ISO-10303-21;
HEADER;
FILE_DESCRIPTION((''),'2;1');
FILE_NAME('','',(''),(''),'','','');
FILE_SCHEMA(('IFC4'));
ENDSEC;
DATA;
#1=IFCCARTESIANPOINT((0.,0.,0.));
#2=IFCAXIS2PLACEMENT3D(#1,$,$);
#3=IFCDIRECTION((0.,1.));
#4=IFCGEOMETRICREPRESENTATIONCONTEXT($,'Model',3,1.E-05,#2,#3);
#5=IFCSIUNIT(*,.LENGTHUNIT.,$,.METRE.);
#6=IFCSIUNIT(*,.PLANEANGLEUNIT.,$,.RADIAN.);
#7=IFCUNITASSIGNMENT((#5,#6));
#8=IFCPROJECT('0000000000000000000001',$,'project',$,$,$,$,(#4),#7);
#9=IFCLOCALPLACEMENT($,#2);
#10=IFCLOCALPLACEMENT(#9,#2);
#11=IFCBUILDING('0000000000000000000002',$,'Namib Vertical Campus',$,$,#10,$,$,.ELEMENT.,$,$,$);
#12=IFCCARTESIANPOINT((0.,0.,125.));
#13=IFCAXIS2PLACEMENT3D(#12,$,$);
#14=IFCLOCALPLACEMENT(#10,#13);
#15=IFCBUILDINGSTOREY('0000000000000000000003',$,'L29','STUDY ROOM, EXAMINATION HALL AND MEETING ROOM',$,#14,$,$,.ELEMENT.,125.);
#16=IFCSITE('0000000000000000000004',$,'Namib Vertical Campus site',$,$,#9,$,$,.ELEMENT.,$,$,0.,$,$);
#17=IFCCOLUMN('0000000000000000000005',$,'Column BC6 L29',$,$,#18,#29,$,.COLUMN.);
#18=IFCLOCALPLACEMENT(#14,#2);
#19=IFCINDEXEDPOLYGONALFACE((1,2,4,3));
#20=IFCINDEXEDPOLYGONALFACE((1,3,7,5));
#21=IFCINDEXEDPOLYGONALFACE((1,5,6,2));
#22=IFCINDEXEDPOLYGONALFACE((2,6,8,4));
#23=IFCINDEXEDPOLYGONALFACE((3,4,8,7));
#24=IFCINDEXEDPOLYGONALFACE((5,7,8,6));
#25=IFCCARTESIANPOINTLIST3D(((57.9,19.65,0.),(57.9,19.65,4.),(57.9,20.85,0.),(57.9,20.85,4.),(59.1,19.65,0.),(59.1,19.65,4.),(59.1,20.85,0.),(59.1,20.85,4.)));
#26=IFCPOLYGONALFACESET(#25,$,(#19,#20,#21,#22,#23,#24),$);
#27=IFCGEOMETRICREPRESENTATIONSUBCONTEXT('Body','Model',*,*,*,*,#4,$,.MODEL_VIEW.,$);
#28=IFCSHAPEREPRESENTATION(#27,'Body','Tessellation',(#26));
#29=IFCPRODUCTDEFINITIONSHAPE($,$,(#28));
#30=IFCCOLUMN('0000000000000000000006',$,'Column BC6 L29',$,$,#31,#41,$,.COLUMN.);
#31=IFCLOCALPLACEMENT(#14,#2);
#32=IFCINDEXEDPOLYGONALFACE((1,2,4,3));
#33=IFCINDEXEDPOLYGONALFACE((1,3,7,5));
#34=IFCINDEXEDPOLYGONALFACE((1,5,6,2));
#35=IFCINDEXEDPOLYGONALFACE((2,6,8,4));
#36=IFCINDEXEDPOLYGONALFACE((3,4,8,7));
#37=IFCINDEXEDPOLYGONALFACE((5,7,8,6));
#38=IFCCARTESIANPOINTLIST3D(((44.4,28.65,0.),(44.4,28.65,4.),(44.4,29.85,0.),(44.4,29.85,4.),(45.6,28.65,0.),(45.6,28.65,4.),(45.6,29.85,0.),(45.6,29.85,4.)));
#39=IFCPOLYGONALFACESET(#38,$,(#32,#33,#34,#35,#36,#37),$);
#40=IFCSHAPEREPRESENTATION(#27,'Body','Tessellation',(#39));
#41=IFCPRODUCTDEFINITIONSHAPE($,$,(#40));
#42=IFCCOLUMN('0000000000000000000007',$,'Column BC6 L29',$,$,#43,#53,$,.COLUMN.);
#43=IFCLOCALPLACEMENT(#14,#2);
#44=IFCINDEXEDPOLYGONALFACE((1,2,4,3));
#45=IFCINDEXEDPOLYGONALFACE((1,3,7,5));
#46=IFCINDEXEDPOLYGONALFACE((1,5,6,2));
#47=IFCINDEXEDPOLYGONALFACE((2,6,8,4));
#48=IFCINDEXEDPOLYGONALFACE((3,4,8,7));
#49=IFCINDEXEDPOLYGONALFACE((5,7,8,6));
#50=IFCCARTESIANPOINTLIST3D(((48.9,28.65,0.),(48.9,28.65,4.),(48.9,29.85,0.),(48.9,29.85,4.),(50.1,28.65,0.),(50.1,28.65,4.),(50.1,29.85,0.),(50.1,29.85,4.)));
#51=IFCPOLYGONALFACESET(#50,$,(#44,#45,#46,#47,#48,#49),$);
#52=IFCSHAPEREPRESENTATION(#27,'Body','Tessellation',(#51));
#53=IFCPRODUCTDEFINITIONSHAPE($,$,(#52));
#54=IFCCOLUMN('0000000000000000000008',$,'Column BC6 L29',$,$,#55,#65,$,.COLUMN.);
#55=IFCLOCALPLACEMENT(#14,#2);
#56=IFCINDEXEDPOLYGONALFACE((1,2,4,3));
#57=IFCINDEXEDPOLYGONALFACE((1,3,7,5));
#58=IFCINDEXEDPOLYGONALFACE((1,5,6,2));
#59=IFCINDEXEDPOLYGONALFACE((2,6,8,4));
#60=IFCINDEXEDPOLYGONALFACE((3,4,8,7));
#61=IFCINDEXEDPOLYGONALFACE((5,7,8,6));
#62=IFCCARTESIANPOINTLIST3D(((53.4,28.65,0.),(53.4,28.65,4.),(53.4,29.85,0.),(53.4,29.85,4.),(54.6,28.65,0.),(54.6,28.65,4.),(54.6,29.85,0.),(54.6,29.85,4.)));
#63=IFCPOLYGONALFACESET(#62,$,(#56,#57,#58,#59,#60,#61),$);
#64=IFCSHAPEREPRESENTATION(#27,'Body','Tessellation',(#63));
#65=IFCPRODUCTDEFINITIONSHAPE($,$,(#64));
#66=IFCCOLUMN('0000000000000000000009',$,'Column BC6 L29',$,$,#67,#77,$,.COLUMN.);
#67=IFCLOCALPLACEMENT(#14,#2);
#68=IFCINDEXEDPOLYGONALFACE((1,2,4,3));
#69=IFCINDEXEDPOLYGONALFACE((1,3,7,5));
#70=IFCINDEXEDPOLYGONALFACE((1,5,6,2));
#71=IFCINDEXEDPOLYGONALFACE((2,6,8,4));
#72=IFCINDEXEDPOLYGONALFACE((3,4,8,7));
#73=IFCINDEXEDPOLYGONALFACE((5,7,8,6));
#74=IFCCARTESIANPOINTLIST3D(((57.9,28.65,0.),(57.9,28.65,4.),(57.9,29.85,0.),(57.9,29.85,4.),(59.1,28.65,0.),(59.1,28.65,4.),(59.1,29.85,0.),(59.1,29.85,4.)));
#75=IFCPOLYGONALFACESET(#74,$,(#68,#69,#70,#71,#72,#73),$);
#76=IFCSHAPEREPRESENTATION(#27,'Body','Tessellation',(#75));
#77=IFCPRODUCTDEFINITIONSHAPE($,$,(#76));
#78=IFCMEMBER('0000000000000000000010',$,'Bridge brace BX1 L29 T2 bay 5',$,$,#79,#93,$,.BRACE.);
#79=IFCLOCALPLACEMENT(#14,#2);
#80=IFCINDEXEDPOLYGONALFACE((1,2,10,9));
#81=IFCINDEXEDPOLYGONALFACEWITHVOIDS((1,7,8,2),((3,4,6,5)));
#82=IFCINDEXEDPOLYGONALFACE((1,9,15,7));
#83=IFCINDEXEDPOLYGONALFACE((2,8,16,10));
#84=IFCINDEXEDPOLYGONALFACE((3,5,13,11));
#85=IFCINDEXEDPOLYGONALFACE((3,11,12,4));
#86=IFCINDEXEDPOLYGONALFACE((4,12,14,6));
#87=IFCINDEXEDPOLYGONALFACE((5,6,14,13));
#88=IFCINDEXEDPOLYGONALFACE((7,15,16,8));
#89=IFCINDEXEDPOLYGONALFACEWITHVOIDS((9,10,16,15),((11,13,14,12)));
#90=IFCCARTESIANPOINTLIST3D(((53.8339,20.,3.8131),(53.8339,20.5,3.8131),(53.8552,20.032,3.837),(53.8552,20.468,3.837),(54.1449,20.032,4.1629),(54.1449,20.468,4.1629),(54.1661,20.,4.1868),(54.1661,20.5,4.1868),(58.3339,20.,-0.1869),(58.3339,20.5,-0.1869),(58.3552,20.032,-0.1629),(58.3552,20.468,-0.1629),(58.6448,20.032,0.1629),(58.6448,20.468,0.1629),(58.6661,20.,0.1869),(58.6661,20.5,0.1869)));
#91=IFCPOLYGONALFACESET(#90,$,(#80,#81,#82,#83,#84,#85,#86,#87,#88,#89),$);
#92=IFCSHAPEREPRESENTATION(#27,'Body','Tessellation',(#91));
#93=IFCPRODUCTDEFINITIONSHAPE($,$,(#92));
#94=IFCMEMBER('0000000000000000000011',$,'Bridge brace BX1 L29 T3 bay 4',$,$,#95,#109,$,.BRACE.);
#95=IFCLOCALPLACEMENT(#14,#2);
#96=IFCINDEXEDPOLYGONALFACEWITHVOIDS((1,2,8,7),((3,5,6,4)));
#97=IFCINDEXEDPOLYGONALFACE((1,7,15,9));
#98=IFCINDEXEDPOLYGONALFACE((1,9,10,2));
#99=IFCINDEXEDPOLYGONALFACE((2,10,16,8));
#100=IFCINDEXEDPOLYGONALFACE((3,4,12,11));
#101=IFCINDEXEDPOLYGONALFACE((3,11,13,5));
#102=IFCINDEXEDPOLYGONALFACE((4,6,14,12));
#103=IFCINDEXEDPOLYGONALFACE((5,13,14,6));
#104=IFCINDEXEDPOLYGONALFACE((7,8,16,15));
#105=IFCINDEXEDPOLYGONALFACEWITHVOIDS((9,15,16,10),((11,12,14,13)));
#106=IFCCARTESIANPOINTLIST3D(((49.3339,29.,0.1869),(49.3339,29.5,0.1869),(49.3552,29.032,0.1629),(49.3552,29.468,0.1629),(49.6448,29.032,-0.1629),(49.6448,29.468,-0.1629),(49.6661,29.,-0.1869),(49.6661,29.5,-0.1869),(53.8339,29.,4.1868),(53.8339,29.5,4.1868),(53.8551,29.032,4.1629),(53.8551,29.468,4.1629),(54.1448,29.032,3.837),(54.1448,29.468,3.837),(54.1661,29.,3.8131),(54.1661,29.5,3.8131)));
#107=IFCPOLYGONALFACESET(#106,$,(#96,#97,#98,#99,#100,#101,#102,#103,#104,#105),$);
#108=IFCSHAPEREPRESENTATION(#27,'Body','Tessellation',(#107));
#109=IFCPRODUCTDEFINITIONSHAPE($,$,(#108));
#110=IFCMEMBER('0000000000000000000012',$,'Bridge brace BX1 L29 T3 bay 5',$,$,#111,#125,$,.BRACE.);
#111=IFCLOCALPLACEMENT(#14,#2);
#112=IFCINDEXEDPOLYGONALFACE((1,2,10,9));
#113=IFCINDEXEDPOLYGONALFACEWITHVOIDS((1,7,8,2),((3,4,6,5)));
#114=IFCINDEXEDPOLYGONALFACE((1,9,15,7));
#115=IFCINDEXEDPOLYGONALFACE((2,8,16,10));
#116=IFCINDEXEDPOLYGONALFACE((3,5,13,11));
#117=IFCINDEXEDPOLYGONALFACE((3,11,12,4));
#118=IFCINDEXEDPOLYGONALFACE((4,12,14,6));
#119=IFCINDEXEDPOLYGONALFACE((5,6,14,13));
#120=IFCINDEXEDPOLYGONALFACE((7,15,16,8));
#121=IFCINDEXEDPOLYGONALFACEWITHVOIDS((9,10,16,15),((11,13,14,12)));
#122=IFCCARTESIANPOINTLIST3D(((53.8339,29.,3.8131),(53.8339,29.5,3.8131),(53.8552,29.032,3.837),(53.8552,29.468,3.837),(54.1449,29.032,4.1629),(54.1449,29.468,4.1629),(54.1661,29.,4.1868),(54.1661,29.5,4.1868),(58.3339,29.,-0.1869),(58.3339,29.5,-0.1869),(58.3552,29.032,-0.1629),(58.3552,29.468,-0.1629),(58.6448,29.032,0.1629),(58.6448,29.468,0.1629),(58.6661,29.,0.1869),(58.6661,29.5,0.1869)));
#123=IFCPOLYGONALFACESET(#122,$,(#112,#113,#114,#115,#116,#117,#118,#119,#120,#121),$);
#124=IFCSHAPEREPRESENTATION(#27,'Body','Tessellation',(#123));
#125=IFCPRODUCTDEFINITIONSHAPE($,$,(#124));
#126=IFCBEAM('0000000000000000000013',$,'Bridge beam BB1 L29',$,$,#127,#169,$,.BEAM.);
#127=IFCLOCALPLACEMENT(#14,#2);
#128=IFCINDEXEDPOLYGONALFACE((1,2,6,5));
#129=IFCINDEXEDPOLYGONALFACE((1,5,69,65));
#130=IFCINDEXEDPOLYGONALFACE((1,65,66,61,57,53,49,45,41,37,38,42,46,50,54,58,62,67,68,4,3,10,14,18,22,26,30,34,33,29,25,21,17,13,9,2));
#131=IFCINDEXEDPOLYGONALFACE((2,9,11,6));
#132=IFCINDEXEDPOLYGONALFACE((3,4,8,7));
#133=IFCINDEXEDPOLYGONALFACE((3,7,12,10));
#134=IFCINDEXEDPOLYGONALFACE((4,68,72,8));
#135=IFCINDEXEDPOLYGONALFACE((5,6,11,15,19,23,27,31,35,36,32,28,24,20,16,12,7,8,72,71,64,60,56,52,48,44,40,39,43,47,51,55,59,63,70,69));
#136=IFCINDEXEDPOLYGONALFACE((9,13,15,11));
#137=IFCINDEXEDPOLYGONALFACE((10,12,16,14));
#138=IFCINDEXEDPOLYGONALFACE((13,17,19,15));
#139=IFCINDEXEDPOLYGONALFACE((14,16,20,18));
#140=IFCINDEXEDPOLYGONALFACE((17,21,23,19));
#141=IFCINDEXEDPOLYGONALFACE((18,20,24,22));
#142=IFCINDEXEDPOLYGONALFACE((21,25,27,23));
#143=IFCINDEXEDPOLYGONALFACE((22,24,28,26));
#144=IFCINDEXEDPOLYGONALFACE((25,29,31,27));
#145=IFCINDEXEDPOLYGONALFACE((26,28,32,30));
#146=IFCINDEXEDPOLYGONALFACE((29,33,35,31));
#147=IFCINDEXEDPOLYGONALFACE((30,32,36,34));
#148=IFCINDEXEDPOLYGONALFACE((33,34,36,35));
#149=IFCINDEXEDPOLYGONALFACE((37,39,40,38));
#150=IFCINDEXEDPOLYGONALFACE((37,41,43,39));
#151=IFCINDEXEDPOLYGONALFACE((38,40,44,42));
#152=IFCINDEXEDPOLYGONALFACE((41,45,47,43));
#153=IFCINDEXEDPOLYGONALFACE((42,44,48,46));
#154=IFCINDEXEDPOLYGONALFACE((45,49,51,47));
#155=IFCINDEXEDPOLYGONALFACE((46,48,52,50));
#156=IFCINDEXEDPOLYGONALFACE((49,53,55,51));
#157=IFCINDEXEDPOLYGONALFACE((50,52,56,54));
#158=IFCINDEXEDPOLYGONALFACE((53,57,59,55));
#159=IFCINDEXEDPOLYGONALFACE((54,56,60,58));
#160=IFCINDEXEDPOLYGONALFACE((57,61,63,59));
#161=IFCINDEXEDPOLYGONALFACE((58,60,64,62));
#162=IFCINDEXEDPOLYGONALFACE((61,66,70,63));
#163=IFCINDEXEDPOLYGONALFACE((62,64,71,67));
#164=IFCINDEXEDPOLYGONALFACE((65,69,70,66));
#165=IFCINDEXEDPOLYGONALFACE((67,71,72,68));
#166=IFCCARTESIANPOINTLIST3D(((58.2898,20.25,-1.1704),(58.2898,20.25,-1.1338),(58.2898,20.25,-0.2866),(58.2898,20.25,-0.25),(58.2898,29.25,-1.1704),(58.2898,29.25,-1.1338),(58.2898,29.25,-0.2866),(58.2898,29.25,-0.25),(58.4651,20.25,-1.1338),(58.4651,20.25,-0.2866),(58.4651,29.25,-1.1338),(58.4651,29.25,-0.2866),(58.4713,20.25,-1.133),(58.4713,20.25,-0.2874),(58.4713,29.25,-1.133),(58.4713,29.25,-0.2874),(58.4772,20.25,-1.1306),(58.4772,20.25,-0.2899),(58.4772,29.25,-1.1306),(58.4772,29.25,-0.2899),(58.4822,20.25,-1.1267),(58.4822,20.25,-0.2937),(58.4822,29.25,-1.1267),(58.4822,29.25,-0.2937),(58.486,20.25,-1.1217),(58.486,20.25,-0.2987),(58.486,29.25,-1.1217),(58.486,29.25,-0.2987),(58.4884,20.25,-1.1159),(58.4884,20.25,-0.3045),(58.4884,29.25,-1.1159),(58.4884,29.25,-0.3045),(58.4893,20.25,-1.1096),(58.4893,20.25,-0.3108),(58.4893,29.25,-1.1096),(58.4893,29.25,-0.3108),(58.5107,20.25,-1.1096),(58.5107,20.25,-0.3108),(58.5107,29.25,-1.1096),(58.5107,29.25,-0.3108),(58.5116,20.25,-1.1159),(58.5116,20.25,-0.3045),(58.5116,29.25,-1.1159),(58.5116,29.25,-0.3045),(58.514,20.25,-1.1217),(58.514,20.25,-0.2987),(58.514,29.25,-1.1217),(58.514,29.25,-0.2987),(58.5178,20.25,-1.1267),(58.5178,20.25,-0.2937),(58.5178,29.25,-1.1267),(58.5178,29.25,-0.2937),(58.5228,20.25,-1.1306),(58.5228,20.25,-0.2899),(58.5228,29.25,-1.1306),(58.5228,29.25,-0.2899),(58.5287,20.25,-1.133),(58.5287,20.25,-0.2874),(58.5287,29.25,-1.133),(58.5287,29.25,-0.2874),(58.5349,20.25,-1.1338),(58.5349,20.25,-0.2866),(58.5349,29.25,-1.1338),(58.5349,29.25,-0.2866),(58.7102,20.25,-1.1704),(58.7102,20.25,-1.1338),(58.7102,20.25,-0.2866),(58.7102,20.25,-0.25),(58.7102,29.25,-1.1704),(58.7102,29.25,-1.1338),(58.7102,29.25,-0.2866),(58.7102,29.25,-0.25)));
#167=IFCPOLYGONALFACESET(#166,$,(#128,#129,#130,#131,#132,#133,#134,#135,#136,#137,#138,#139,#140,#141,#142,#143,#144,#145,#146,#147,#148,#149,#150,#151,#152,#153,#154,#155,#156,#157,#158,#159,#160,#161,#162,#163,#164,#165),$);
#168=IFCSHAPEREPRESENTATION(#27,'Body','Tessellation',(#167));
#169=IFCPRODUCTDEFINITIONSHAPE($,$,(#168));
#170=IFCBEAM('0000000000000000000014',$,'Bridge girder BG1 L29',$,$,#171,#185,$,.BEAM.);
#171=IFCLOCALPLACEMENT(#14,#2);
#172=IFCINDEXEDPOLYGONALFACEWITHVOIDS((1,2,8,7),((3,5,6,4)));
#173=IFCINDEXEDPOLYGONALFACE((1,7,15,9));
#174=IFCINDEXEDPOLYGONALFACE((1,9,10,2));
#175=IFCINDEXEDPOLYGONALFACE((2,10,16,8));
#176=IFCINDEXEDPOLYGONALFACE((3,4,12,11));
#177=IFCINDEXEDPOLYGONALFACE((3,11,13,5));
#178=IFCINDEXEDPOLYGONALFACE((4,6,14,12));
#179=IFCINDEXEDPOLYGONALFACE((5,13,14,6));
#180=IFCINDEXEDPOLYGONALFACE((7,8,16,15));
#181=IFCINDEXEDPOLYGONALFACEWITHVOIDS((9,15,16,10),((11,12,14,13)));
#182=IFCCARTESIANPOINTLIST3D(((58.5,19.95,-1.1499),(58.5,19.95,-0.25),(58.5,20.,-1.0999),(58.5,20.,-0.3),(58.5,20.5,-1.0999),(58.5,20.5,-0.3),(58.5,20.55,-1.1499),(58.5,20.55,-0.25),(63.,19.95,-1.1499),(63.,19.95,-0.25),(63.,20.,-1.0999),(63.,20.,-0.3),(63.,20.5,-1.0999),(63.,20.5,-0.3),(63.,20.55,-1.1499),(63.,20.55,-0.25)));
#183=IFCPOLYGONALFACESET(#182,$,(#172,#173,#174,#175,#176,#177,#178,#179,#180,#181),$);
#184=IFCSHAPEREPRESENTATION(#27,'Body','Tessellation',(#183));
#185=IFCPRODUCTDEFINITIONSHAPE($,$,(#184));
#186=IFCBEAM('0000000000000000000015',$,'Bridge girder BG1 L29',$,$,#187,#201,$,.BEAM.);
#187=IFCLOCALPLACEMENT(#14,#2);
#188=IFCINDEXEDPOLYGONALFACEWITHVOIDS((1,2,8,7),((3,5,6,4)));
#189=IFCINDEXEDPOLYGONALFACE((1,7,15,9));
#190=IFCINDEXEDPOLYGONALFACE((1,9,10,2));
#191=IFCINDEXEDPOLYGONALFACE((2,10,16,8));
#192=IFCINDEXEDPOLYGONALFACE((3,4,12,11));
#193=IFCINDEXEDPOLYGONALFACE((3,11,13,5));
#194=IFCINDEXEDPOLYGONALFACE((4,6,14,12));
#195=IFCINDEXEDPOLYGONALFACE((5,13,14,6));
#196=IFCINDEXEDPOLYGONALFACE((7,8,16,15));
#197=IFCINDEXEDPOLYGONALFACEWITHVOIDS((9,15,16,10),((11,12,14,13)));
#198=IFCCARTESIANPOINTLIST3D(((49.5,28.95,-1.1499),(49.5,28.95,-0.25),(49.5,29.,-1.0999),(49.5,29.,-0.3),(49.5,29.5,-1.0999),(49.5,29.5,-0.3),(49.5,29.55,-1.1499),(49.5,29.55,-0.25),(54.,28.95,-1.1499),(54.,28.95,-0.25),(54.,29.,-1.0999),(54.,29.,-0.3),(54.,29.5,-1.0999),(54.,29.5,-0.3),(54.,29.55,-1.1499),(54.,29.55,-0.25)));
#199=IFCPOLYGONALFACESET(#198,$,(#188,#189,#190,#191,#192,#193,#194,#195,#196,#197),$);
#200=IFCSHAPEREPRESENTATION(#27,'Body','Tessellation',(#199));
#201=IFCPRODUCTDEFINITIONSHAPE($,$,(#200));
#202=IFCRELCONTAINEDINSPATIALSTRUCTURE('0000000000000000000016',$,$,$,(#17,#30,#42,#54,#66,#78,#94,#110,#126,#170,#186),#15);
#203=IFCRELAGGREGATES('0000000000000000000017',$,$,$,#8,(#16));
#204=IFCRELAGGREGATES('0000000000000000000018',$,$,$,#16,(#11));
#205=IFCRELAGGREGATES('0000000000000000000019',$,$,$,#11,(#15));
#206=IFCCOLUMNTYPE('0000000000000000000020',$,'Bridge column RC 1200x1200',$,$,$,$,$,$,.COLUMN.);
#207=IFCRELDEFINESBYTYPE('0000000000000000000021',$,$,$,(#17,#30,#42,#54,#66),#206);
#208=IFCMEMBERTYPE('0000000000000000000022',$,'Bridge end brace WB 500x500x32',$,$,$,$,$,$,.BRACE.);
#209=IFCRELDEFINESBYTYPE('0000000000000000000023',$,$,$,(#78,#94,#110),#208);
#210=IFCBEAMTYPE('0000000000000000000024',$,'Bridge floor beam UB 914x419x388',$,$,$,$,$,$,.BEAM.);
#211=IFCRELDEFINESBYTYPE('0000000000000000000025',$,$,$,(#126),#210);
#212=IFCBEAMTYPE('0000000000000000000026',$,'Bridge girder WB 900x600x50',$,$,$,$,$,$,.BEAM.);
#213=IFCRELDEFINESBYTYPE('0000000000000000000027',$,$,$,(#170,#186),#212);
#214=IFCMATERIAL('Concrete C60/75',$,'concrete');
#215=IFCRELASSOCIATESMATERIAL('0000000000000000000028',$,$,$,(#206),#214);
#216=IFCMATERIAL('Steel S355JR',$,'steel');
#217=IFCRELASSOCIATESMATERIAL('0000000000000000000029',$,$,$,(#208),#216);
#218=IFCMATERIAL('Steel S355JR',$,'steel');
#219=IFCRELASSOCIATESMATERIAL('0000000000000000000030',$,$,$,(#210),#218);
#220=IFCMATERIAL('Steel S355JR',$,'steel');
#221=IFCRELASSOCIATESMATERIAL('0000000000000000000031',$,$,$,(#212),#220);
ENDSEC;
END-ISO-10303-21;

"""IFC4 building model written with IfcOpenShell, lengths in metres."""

from ifc_helpers import new_model, si_unit, direction, frame, origin, origin_2d, place, context, subcontext, project, spatial, rectangle, hollow_rectangle, i_section, extrude, material, material_profile, profile_set, type_object, element, save


model = new_model("IFC4")

# Units and contexts
model_context = context("Model", 3, precision=1e-05, world=origin(), true_north=direction((0.0, 1.0)))
body_context = subcontext(model_context, "Body", "Model", "MODEL_VIEW")
ifc_project = project(units=[si_unit("LENGTHUNIT", "METRE"), si_unit("PLANEANGLEUNIT", "RADIAN")], contexts=[model_context])

# Site, building, storey
site_placement = place(None, origin())
site = spatial("IfcSite", under=ifc_project, at=site_placement, Name="Namib Vertical Campus site", CompositionType="ELEMENT", RefElevation=0.0)
building_placement = place(site_placement, origin())
building = spatial("IfcBuilding", under=site, at=building_placement, Name="Namib Vertical Campus", CompositionType="ELEMENT")
storey_placement = place(building_placement, frame((0.0, 0.0, 125.0)))
storey = spatial("IfcBuildingStorey", under=building, at=storey_placement, Name="L29", Description="STUDY ROOM, EXAMINATION HALL AND MEETING ROOM", CompositionType="ELEMENT", Elevation=125.0)

# Columns
ifc_material_1 = material(Name="Concrete C60/75", Category="concrete")
ifc_material_profile_1 = material_profile(ifc_material_1, rectangle(XDim=1.2, YDim=1.2, at=origin_2d()))
ifc_profile_set_1 = profile_set([ifc_material_profile_1], Name="Concrete C60/75")
column_type = type_object("IfcColumnType", Name="Bridge column RC 1200x1200", PredefinedType="COLUMN", material=ifc_profile_set_1)
for number, where, z_axis, x_axis, name in (
    (1, (58.5, 20.25, 0.0), (0.0, 0.0, 1.0), (1.0, 0.0, 0.0), "Column BC6 L29"),
    (2, (45.0, 29.25, 0.0), (0.0, 0.0, 1.0), (1.0, 0.0, 0.0), "Column BC6 L29"),
    (3, (49.5, 29.25, 0.0), (0.0, 0.0, 1.0), (1.0, 0.0, 0.0), "Column BC6 L29"),
    (4, (54.0, 29.25, 0.0), (0.0, 0.0, 1.0), (1.0, 0.0, 0.0), "Column BC6 L29"),
    (5, (58.5, 29.25, 0.0), (0.0, 0.0, 1.0), (1.0, 0.0, 0.0), "Column BC6 L29"),
):
    element("IfcColumn", number, at=place(storey_placement, frame(where, z_axis=z_axis, x_axis=x_axis)), inside=storey, type_object=column_type, Name=name, PredefinedType="COLUMN", context=body_context, shape_type="SweptSolid", body=[
        extrude(rectangle(XDim=1.2, YDim=1.2, at=origin_2d()), origin(), (0.0, 0.0, 1.0), 4.0),
    ])

# Members
ifc_material_2 = material(Name="Steel S355JR", Category="steel")
ifc_material_profile_2 = material_profile(ifc_material_2, hollow_rectangle(XDim=0.5, YDim=0.5, WallThickness=0.032, at=origin_2d()))
ifc_profile_set_2 = profile_set([ifc_material_profile_2], Name="Steel S355JR")
member_type_1 = type_object("IfcMemberType", Name="Bridge end brace WB 500x500x32", PredefinedType="BRACE", material=ifc_profile_set_2)
for number, where, z_axis, x_axis, name in (
    (6, (58.5, 20.25, 0.0), (-0.747409, 0.0, 0.664364), (0.0, -1.0, 0.0), "Bridge brace BX1 L29 T2 bay 5"),
    (7, (49.5, 29.25, 0.0), (0.747409, 0.0, 0.664364), (0.0, 1.0, 0.0), "Bridge brace BX1 L29 T3 bay 4"),
    (8, (58.5, 29.25, 0.0), (-0.747409, 0.0, 0.664364), (0.0, -1.0, 0.0), "Bridge brace BX1 L29 T3 bay 5"),
):
    element("IfcMember", number, at=place(storey_placement, frame(where, z_axis=z_axis, x_axis=x_axis)), inside=storey, type_object=member_type_1, Name=name, PredefinedType="BRACE", context=body_context, shape_type="SweptSolid", body=[
        extrude(hollow_rectangle(XDim=0.5, YDim=0.5, WallThickness=0.032, at=origin_2d()), origin(), (0.0, 0.0, 1.0), 6.0208),
    ])

# Beams
ifc_material_3 = material(Name="Steel S355JR", Category="steel")
ifc_material_profile_3 = material_profile(ifc_material_3, i_section(OverallWidth=0.4204, OverallDepth=0.9204, WebThickness=0.0215, FlangeThickness=0.0366, FilletRadius=0.0242, at=origin_2d()))
ifc_profile_set_3 = profile_set([ifc_material_profile_3], Name="Steel S355JR")
beam_type_1 = type_object("IfcBeamType", Name="Bridge floor beam UB 914x419x388", PredefinedType="BEAM", material=ifc_profile_set_3)
beam_placement = place(storey_placement, frame((58.5, 20.25, -0.7102), z_axis=(0.0, 1.0, 0.0), x_axis=(-1.0, 0.0, 0.0)))
element("IfcBeam", 9, at=beam_placement, inside=storey, type_object=beam_type_1, Name="Bridge beam BB1 L29", PredefinedType="BEAM", context=body_context, shape_type="SweptSolid", body=[
    extrude(i_section(OverallWidth=0.4204, OverallDepth=0.9204, WebThickness=0.0215, FlangeThickness=0.0366, FilletRadius=0.0242, at=origin_2d()), origin(), (0.0, 0.0, 1.0), 9.0),
])
ifc_material_4 = material(Name="Steel S355JR", Category="steel")
ifc_material_profile_4 = material_profile(ifc_material_4, hollow_rectangle(XDim=0.6001, YDim=0.8999, WallThickness=0.05, at=origin_2d()))
ifc_profile_set_4 = profile_set([ifc_material_profile_4], Name="Steel S355JR")
beam_type_2 = type_object("IfcBeamType", Name="Bridge girder WB 900x600x50", PredefinedType="BEAM", material=ifc_profile_set_4)
for number, where, z_axis, x_axis, name in (
    (10, (58.5, 20.25, -0.7), (1.0, 0.0, 0.0), (0.0, 1.0, 0.0), "Bridge girder BG1 L29"),
    (11, (49.5, 29.25, -0.7), (1.0, 0.0, 0.0), (0.0, 1.0, 0.0), "Bridge girder BG1 L29"),
):
    element("IfcBeam", number, at=place(storey_placement, frame(where, z_axis=z_axis, x_axis=x_axis)), inside=storey, type_object=beam_type_2, Name=name, PredefinedType="BEAM", context=body_context, shape_type="SweptSolid", body=[
        extrude(hollow_rectangle(XDim=0.6001, YDim=0.8999, WallThickness=0.05, at=origin_2d()), origin(), (0.0, 0.0, 1.0), 4.5),
    ])

save(model, "model.ifc")
